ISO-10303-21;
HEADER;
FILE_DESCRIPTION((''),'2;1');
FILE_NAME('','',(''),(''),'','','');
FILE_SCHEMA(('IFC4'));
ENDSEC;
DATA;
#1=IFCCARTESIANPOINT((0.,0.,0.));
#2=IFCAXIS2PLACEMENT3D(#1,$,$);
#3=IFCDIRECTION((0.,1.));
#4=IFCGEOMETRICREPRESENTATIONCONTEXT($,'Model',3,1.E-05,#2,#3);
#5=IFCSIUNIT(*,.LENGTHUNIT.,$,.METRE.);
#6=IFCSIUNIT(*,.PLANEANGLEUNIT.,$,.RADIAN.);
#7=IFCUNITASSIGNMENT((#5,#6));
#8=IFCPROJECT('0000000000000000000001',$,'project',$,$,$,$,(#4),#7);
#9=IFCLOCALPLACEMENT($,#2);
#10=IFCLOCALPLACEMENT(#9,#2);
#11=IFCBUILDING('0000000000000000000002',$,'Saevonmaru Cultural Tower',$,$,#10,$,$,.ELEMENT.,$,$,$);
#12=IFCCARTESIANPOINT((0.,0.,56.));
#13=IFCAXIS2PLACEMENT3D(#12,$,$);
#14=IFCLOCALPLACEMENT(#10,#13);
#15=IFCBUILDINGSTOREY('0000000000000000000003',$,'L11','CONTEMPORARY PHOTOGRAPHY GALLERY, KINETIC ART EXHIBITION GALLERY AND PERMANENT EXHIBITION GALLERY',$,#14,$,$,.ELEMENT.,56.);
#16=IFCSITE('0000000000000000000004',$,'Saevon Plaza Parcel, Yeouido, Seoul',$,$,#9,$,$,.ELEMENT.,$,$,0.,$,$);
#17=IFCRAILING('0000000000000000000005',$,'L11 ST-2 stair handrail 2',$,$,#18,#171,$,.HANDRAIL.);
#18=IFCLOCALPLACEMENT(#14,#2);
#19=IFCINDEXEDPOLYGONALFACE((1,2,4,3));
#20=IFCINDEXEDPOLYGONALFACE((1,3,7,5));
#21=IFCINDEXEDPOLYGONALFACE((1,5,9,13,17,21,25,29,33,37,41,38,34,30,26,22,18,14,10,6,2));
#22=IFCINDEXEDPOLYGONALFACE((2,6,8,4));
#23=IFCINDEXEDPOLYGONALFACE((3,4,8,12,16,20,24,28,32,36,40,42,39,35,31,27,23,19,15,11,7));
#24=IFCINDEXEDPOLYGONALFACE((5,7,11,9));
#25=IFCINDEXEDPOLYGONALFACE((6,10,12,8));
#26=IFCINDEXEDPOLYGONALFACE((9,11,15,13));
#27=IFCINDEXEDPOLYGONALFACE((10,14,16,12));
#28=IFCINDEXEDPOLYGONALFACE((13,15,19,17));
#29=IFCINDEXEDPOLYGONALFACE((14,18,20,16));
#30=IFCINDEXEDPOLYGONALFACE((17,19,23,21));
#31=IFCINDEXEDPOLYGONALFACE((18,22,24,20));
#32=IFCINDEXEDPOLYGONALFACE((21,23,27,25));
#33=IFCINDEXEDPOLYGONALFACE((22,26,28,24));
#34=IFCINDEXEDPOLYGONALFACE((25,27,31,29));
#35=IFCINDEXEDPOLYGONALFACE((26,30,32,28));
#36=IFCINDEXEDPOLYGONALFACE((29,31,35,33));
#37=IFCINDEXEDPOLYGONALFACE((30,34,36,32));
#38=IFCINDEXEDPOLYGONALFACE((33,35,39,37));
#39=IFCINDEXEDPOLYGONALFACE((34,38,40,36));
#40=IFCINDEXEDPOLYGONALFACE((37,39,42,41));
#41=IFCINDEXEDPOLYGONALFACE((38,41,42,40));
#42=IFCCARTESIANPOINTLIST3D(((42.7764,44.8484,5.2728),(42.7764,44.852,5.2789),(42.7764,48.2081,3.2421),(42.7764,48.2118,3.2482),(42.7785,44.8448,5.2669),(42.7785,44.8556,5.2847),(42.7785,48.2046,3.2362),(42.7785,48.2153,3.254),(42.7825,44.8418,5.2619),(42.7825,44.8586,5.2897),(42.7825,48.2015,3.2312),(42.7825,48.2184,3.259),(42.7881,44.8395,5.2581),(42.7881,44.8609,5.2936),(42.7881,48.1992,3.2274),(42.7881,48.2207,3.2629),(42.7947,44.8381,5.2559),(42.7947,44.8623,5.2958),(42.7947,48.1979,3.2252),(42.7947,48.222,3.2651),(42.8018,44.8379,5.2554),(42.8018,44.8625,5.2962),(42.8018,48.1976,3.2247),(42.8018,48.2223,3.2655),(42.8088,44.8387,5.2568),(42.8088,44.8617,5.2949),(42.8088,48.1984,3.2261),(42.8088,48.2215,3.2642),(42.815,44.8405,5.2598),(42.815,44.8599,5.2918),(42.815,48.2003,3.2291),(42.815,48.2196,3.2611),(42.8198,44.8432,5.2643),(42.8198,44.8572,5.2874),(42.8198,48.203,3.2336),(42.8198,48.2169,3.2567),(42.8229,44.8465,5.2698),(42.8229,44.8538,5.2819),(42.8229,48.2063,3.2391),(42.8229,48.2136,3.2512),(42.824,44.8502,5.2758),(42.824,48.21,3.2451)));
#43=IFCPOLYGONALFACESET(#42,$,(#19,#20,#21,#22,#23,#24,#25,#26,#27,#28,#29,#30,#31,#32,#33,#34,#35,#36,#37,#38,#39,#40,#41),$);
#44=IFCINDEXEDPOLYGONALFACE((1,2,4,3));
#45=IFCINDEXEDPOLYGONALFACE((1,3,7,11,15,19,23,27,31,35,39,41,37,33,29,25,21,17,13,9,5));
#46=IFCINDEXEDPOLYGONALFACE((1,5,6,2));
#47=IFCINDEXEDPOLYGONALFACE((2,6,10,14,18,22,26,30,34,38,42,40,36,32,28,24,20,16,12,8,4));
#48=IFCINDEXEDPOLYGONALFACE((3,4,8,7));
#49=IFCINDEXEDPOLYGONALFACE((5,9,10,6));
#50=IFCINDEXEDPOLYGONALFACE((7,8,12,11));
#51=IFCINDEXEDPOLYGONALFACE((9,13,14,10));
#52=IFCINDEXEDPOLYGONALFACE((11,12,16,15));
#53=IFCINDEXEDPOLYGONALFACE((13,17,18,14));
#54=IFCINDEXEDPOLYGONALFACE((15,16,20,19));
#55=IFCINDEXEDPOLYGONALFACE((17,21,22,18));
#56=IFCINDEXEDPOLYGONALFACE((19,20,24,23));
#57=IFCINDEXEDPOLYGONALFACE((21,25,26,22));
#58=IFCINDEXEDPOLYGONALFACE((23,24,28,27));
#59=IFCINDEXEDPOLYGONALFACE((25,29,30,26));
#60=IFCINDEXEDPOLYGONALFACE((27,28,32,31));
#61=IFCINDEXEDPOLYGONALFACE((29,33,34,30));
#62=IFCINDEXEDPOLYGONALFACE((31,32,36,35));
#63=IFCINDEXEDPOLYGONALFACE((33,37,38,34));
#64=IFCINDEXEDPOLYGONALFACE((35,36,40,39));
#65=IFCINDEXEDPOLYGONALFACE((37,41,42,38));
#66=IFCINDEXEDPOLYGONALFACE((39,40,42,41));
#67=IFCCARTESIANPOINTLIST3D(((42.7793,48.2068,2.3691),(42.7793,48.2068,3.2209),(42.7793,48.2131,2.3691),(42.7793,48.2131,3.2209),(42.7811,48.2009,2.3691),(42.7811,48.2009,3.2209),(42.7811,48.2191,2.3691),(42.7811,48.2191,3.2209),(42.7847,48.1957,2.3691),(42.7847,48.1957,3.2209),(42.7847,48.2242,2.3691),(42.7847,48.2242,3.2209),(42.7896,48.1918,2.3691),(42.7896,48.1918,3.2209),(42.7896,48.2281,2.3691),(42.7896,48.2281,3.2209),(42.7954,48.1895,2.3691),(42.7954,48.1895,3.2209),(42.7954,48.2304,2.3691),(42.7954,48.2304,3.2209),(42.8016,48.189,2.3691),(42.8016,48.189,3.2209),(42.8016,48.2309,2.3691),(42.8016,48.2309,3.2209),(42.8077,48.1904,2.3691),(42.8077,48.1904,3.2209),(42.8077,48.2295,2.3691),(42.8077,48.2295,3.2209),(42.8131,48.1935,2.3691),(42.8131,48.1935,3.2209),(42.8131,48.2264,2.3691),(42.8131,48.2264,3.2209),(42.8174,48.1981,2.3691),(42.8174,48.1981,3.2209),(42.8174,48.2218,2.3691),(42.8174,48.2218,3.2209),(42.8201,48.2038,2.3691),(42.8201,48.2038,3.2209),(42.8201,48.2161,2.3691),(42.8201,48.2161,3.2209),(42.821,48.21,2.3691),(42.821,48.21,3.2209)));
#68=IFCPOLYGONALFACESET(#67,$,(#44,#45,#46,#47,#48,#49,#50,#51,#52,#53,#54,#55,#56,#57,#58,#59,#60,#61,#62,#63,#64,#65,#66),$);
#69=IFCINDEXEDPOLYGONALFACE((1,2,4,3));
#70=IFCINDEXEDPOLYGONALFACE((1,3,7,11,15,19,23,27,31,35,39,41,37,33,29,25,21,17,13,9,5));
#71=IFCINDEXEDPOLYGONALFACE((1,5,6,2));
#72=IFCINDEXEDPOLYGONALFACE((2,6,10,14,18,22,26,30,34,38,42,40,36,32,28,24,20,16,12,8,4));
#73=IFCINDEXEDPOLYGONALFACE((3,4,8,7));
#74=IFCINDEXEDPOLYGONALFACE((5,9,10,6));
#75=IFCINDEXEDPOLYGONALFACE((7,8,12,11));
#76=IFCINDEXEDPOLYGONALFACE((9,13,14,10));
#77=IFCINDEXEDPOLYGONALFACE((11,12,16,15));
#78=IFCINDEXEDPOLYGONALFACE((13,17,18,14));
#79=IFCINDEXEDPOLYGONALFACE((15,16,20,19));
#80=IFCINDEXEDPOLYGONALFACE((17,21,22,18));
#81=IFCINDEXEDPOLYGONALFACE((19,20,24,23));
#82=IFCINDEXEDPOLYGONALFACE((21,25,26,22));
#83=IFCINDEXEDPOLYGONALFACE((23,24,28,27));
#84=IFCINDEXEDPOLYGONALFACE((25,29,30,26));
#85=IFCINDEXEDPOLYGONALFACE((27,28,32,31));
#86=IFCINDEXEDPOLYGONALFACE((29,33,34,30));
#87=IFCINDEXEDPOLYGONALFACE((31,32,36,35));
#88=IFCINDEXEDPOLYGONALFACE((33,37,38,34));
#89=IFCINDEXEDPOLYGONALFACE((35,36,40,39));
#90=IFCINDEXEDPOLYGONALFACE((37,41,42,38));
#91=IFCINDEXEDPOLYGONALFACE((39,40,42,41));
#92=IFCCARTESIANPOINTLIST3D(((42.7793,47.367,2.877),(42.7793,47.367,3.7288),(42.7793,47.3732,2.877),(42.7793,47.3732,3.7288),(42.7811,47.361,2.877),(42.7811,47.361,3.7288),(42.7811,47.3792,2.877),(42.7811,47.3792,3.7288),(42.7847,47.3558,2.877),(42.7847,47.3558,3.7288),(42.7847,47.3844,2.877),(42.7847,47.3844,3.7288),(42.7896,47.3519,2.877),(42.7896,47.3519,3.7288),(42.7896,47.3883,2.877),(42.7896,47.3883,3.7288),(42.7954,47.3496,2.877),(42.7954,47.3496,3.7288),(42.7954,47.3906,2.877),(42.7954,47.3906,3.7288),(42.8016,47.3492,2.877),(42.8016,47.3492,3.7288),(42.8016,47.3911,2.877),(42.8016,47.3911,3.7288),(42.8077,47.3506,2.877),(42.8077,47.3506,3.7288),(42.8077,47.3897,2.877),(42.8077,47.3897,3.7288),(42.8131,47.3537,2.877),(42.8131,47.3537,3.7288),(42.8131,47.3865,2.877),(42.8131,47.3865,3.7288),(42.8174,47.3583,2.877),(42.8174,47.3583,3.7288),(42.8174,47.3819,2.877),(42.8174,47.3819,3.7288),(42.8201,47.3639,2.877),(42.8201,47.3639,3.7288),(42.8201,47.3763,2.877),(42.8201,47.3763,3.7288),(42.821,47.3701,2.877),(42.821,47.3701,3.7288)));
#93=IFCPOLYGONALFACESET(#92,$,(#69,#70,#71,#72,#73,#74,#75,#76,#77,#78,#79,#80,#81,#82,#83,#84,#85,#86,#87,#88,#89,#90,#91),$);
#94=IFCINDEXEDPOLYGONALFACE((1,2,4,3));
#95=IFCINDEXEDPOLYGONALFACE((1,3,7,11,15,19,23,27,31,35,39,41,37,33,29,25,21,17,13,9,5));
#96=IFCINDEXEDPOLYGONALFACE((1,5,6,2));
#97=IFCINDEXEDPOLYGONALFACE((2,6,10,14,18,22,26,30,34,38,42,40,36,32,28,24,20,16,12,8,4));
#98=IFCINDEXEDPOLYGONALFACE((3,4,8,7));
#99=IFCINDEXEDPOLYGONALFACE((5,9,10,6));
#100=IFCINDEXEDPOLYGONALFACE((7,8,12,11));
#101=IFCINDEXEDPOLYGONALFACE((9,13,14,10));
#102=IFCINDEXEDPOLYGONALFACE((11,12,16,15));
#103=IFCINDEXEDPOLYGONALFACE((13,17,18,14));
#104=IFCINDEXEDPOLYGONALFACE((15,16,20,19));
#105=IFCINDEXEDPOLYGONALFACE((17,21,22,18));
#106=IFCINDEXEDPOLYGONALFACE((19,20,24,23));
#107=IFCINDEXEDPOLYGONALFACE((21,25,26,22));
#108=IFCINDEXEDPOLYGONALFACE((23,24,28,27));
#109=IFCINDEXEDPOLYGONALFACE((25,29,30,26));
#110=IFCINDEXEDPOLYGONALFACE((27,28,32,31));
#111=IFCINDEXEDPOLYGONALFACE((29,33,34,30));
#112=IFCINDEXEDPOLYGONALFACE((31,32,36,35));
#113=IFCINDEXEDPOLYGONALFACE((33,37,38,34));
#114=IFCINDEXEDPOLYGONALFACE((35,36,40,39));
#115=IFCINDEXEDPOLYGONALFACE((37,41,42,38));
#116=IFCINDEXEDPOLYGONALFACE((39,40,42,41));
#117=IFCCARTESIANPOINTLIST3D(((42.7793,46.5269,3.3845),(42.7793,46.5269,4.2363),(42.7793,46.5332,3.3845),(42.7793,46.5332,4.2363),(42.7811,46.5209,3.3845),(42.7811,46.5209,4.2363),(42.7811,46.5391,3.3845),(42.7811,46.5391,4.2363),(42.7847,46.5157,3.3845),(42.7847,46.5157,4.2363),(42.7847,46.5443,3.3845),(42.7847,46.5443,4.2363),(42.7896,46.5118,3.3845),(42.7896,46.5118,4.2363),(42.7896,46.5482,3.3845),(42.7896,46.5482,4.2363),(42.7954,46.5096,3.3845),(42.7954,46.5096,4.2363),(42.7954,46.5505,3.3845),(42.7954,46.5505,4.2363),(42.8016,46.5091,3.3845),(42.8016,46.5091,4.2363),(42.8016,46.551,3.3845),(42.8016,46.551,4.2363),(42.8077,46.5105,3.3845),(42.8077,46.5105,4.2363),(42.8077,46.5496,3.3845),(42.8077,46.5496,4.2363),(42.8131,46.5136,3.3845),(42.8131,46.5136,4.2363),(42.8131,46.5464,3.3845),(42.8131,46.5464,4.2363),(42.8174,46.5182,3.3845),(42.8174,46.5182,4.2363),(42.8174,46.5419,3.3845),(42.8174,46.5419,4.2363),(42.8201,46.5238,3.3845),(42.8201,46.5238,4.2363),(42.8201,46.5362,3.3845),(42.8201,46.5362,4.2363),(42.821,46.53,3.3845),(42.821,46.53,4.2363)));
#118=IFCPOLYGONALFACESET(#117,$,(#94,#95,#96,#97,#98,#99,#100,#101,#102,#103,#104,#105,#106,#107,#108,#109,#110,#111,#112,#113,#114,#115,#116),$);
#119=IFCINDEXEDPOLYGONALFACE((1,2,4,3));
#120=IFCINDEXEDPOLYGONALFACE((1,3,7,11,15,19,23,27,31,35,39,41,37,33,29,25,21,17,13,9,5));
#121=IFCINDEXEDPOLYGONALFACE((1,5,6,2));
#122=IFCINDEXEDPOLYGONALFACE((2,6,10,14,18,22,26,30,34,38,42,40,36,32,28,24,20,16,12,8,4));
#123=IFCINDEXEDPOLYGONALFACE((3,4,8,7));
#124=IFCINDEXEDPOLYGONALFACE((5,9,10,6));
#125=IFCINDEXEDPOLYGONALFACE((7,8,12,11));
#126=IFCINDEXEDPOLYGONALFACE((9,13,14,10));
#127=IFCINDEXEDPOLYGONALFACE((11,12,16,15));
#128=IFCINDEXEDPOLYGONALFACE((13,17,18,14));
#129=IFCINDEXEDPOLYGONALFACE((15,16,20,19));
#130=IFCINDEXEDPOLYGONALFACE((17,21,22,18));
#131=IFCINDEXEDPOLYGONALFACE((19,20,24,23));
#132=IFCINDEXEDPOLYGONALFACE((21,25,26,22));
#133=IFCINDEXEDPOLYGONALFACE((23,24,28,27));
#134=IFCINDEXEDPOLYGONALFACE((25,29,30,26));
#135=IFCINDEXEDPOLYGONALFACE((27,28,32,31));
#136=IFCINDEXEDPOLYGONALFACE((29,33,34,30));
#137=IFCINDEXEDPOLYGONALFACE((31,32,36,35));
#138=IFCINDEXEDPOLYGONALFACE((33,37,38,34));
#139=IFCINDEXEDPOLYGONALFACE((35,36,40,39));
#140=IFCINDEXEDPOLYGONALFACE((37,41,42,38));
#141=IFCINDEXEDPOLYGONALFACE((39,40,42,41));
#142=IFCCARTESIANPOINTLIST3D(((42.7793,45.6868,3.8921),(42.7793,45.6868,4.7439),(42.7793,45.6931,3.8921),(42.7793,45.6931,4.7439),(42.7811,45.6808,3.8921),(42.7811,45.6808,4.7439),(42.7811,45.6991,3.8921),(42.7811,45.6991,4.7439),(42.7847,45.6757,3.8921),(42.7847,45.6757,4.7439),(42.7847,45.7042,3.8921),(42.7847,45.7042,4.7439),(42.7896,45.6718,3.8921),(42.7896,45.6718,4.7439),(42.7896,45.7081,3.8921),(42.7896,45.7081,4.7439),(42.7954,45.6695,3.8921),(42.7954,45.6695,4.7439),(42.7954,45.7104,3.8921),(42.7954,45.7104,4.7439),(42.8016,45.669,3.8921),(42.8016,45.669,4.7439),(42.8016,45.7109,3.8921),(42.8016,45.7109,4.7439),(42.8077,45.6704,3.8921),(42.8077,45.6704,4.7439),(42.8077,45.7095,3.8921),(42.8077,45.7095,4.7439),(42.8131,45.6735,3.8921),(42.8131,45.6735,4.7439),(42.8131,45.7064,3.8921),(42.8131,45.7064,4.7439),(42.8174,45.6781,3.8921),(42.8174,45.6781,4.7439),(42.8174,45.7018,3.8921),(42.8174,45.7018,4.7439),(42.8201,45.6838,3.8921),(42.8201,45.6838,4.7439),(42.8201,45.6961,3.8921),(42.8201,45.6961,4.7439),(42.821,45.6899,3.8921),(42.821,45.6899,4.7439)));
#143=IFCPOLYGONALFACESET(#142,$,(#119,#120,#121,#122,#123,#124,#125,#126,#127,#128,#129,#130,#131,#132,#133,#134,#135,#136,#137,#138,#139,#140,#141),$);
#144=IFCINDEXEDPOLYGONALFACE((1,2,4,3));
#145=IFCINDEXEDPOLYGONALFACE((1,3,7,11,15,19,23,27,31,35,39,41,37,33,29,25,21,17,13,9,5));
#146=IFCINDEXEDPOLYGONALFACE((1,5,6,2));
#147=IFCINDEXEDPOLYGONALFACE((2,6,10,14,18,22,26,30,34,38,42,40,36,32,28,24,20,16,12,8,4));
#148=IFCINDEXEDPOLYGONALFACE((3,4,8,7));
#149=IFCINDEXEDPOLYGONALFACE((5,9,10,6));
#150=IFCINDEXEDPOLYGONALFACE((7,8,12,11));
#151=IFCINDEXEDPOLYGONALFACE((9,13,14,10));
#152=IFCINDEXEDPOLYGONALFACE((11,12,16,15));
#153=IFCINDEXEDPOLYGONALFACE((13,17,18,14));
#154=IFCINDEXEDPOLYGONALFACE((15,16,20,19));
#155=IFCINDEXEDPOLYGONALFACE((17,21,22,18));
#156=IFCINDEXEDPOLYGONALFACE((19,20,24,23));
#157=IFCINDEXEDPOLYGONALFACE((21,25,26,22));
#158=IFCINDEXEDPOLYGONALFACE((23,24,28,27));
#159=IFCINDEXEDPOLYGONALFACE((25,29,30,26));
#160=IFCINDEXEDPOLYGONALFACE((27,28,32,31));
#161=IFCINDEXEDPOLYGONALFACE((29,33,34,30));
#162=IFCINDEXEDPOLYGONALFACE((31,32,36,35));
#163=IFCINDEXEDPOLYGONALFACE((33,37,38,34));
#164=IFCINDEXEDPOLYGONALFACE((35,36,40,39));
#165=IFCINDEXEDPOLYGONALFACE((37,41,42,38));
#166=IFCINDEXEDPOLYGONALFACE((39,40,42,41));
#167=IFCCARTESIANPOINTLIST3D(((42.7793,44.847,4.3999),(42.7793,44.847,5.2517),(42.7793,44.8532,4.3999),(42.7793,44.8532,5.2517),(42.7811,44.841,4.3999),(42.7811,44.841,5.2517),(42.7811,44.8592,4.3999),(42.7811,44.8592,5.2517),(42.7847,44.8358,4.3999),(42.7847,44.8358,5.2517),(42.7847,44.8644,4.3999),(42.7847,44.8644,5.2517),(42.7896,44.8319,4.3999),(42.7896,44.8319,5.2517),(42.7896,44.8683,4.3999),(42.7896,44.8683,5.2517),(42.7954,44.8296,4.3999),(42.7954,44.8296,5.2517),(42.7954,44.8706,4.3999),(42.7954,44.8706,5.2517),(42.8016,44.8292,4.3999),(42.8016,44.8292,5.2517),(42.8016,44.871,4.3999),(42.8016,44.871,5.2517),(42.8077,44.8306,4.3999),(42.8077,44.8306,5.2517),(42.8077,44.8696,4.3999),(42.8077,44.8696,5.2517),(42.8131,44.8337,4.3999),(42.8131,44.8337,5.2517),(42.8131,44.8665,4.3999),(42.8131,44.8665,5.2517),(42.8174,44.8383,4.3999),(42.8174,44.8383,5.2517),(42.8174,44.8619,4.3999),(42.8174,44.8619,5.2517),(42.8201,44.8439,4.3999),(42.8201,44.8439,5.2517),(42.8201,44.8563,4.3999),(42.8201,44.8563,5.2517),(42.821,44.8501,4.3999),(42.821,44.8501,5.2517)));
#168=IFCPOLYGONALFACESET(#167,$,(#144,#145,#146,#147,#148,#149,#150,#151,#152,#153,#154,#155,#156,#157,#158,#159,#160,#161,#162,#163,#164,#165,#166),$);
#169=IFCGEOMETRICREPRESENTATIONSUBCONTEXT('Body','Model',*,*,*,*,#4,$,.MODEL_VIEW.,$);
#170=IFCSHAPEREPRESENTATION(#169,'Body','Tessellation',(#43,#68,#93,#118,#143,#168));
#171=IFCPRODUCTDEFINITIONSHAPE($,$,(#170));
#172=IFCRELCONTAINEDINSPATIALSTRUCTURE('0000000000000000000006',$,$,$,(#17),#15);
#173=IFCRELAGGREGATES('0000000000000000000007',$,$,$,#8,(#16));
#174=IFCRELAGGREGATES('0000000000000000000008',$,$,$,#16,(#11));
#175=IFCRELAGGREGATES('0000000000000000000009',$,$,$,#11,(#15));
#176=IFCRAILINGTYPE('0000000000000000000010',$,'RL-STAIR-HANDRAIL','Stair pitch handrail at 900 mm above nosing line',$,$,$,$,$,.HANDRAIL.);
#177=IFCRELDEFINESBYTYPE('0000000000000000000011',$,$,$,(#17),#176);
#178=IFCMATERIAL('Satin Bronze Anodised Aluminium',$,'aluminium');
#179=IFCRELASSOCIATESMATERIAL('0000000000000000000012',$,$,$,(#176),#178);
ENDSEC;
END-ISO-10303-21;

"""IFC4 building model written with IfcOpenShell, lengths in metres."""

from ifc_helpers import new_model, si_unit, direction, frame, origin, origin_2d, place, context, subcontext, project, spatial, circle, extrude, material, type_object, element, save


model = new_model("IFC4")

# Units and contexts
model_context = context("Model", 3, precision=1e-05, world=origin(), true_north=direction((0.0, 1.0)))
body_context = subcontext(model_context, "Body", "Model", "MODEL_VIEW")
ifc_project = project(units=[si_unit("LENGTHUNIT", "METRE"), si_unit("PLANEANGLEUNIT", "RADIAN")], contexts=[model_context])

# Site, building, storey
site_placement = place(None, origin())
site = spatial("IfcSite", under=ifc_project, at=site_placement, Name="Saevon Plaza Parcel, Yeouido, Seoul", CompositionType="ELEMENT", RefElevation=0.0)
building_placement = place(site_placement, origin())
building = spatial("IfcBuilding", under=site, at=building_placement, Name="Saevonmaru Cultural Tower", CompositionType="ELEMENT")
storey_placement = place(building_placement, frame((0.0, 0.0, 56.0)))
storey = spatial("IfcBuildingStorey", under=building, at=storey_placement, Name="L11", Description="CONTEMPORARY PHOTOGRAPHY GALLERY, KINETIC ART EXHIBITION GALLERY AND PERMANENT EXHIBITION GALLERY", CompositionType="ELEMENT", Elevation=56.0)

# Shared definitions
ifc_material_1 = material(Name="Satin Bronze Anodised Aluminium", Category="aluminium")

# Railing
railing_type_1 = type_object("IfcRailingType", Name="RL-STAIR-HANDRAIL", Description="Stair pitch handrail at 900 mm above nosing line", PredefinedType="HANDRAIL", material=ifc_material_1)
railing_1_placement = place(storey_placement, frame((42.8, 48.21, 2.3691)))
element("IfcRailing", 1, at=railing_1_placement, inside=storey, type_object=railing_type_1, Name="L11 ST-2 stair handrail 2", PredefinedType="HANDRAIL", context=body_context, shape_type="SweptSolid", body=[
    extrude(circle(Radius=0.0239, at=origin_2d()), frame((0.0, 0.0, 0.876), z_axis=(0.0, -0.85582, 0.517273), x_axis=(1.0, 0.0, 0.0)), (0.0, 0.0, 1.0), 3.9258),
    extrude(circle(Radius=0.021, at=origin_2d()), origin(), (0.0, 0.0, 1.0), 0.8518),
    extrude(circle(Radius=0.021, at=origin_2d()), frame((0.0, -0.8398, 0.5078)), (0.0, 0.0, 1.0), 0.8518),
    extrude(circle(Radius=0.021, at=origin_2d()), frame((0.0, -1.6799, 1.0154)), (0.0, 0.0, 1.0), 0.8518),
    extrude(circle(Radius=0.021, at=origin_2d()), frame((0.0, -2.52, 1.5229)), (0.0, 0.0, 1.0), 0.8518),
    extrude(circle(Radius=0.021, at=origin_2d()), frame((0.0, -3.3599, 2.0308)), (0.0, 0.0, 1.0), 0.8518),
])

save(model, "model.ifc")
